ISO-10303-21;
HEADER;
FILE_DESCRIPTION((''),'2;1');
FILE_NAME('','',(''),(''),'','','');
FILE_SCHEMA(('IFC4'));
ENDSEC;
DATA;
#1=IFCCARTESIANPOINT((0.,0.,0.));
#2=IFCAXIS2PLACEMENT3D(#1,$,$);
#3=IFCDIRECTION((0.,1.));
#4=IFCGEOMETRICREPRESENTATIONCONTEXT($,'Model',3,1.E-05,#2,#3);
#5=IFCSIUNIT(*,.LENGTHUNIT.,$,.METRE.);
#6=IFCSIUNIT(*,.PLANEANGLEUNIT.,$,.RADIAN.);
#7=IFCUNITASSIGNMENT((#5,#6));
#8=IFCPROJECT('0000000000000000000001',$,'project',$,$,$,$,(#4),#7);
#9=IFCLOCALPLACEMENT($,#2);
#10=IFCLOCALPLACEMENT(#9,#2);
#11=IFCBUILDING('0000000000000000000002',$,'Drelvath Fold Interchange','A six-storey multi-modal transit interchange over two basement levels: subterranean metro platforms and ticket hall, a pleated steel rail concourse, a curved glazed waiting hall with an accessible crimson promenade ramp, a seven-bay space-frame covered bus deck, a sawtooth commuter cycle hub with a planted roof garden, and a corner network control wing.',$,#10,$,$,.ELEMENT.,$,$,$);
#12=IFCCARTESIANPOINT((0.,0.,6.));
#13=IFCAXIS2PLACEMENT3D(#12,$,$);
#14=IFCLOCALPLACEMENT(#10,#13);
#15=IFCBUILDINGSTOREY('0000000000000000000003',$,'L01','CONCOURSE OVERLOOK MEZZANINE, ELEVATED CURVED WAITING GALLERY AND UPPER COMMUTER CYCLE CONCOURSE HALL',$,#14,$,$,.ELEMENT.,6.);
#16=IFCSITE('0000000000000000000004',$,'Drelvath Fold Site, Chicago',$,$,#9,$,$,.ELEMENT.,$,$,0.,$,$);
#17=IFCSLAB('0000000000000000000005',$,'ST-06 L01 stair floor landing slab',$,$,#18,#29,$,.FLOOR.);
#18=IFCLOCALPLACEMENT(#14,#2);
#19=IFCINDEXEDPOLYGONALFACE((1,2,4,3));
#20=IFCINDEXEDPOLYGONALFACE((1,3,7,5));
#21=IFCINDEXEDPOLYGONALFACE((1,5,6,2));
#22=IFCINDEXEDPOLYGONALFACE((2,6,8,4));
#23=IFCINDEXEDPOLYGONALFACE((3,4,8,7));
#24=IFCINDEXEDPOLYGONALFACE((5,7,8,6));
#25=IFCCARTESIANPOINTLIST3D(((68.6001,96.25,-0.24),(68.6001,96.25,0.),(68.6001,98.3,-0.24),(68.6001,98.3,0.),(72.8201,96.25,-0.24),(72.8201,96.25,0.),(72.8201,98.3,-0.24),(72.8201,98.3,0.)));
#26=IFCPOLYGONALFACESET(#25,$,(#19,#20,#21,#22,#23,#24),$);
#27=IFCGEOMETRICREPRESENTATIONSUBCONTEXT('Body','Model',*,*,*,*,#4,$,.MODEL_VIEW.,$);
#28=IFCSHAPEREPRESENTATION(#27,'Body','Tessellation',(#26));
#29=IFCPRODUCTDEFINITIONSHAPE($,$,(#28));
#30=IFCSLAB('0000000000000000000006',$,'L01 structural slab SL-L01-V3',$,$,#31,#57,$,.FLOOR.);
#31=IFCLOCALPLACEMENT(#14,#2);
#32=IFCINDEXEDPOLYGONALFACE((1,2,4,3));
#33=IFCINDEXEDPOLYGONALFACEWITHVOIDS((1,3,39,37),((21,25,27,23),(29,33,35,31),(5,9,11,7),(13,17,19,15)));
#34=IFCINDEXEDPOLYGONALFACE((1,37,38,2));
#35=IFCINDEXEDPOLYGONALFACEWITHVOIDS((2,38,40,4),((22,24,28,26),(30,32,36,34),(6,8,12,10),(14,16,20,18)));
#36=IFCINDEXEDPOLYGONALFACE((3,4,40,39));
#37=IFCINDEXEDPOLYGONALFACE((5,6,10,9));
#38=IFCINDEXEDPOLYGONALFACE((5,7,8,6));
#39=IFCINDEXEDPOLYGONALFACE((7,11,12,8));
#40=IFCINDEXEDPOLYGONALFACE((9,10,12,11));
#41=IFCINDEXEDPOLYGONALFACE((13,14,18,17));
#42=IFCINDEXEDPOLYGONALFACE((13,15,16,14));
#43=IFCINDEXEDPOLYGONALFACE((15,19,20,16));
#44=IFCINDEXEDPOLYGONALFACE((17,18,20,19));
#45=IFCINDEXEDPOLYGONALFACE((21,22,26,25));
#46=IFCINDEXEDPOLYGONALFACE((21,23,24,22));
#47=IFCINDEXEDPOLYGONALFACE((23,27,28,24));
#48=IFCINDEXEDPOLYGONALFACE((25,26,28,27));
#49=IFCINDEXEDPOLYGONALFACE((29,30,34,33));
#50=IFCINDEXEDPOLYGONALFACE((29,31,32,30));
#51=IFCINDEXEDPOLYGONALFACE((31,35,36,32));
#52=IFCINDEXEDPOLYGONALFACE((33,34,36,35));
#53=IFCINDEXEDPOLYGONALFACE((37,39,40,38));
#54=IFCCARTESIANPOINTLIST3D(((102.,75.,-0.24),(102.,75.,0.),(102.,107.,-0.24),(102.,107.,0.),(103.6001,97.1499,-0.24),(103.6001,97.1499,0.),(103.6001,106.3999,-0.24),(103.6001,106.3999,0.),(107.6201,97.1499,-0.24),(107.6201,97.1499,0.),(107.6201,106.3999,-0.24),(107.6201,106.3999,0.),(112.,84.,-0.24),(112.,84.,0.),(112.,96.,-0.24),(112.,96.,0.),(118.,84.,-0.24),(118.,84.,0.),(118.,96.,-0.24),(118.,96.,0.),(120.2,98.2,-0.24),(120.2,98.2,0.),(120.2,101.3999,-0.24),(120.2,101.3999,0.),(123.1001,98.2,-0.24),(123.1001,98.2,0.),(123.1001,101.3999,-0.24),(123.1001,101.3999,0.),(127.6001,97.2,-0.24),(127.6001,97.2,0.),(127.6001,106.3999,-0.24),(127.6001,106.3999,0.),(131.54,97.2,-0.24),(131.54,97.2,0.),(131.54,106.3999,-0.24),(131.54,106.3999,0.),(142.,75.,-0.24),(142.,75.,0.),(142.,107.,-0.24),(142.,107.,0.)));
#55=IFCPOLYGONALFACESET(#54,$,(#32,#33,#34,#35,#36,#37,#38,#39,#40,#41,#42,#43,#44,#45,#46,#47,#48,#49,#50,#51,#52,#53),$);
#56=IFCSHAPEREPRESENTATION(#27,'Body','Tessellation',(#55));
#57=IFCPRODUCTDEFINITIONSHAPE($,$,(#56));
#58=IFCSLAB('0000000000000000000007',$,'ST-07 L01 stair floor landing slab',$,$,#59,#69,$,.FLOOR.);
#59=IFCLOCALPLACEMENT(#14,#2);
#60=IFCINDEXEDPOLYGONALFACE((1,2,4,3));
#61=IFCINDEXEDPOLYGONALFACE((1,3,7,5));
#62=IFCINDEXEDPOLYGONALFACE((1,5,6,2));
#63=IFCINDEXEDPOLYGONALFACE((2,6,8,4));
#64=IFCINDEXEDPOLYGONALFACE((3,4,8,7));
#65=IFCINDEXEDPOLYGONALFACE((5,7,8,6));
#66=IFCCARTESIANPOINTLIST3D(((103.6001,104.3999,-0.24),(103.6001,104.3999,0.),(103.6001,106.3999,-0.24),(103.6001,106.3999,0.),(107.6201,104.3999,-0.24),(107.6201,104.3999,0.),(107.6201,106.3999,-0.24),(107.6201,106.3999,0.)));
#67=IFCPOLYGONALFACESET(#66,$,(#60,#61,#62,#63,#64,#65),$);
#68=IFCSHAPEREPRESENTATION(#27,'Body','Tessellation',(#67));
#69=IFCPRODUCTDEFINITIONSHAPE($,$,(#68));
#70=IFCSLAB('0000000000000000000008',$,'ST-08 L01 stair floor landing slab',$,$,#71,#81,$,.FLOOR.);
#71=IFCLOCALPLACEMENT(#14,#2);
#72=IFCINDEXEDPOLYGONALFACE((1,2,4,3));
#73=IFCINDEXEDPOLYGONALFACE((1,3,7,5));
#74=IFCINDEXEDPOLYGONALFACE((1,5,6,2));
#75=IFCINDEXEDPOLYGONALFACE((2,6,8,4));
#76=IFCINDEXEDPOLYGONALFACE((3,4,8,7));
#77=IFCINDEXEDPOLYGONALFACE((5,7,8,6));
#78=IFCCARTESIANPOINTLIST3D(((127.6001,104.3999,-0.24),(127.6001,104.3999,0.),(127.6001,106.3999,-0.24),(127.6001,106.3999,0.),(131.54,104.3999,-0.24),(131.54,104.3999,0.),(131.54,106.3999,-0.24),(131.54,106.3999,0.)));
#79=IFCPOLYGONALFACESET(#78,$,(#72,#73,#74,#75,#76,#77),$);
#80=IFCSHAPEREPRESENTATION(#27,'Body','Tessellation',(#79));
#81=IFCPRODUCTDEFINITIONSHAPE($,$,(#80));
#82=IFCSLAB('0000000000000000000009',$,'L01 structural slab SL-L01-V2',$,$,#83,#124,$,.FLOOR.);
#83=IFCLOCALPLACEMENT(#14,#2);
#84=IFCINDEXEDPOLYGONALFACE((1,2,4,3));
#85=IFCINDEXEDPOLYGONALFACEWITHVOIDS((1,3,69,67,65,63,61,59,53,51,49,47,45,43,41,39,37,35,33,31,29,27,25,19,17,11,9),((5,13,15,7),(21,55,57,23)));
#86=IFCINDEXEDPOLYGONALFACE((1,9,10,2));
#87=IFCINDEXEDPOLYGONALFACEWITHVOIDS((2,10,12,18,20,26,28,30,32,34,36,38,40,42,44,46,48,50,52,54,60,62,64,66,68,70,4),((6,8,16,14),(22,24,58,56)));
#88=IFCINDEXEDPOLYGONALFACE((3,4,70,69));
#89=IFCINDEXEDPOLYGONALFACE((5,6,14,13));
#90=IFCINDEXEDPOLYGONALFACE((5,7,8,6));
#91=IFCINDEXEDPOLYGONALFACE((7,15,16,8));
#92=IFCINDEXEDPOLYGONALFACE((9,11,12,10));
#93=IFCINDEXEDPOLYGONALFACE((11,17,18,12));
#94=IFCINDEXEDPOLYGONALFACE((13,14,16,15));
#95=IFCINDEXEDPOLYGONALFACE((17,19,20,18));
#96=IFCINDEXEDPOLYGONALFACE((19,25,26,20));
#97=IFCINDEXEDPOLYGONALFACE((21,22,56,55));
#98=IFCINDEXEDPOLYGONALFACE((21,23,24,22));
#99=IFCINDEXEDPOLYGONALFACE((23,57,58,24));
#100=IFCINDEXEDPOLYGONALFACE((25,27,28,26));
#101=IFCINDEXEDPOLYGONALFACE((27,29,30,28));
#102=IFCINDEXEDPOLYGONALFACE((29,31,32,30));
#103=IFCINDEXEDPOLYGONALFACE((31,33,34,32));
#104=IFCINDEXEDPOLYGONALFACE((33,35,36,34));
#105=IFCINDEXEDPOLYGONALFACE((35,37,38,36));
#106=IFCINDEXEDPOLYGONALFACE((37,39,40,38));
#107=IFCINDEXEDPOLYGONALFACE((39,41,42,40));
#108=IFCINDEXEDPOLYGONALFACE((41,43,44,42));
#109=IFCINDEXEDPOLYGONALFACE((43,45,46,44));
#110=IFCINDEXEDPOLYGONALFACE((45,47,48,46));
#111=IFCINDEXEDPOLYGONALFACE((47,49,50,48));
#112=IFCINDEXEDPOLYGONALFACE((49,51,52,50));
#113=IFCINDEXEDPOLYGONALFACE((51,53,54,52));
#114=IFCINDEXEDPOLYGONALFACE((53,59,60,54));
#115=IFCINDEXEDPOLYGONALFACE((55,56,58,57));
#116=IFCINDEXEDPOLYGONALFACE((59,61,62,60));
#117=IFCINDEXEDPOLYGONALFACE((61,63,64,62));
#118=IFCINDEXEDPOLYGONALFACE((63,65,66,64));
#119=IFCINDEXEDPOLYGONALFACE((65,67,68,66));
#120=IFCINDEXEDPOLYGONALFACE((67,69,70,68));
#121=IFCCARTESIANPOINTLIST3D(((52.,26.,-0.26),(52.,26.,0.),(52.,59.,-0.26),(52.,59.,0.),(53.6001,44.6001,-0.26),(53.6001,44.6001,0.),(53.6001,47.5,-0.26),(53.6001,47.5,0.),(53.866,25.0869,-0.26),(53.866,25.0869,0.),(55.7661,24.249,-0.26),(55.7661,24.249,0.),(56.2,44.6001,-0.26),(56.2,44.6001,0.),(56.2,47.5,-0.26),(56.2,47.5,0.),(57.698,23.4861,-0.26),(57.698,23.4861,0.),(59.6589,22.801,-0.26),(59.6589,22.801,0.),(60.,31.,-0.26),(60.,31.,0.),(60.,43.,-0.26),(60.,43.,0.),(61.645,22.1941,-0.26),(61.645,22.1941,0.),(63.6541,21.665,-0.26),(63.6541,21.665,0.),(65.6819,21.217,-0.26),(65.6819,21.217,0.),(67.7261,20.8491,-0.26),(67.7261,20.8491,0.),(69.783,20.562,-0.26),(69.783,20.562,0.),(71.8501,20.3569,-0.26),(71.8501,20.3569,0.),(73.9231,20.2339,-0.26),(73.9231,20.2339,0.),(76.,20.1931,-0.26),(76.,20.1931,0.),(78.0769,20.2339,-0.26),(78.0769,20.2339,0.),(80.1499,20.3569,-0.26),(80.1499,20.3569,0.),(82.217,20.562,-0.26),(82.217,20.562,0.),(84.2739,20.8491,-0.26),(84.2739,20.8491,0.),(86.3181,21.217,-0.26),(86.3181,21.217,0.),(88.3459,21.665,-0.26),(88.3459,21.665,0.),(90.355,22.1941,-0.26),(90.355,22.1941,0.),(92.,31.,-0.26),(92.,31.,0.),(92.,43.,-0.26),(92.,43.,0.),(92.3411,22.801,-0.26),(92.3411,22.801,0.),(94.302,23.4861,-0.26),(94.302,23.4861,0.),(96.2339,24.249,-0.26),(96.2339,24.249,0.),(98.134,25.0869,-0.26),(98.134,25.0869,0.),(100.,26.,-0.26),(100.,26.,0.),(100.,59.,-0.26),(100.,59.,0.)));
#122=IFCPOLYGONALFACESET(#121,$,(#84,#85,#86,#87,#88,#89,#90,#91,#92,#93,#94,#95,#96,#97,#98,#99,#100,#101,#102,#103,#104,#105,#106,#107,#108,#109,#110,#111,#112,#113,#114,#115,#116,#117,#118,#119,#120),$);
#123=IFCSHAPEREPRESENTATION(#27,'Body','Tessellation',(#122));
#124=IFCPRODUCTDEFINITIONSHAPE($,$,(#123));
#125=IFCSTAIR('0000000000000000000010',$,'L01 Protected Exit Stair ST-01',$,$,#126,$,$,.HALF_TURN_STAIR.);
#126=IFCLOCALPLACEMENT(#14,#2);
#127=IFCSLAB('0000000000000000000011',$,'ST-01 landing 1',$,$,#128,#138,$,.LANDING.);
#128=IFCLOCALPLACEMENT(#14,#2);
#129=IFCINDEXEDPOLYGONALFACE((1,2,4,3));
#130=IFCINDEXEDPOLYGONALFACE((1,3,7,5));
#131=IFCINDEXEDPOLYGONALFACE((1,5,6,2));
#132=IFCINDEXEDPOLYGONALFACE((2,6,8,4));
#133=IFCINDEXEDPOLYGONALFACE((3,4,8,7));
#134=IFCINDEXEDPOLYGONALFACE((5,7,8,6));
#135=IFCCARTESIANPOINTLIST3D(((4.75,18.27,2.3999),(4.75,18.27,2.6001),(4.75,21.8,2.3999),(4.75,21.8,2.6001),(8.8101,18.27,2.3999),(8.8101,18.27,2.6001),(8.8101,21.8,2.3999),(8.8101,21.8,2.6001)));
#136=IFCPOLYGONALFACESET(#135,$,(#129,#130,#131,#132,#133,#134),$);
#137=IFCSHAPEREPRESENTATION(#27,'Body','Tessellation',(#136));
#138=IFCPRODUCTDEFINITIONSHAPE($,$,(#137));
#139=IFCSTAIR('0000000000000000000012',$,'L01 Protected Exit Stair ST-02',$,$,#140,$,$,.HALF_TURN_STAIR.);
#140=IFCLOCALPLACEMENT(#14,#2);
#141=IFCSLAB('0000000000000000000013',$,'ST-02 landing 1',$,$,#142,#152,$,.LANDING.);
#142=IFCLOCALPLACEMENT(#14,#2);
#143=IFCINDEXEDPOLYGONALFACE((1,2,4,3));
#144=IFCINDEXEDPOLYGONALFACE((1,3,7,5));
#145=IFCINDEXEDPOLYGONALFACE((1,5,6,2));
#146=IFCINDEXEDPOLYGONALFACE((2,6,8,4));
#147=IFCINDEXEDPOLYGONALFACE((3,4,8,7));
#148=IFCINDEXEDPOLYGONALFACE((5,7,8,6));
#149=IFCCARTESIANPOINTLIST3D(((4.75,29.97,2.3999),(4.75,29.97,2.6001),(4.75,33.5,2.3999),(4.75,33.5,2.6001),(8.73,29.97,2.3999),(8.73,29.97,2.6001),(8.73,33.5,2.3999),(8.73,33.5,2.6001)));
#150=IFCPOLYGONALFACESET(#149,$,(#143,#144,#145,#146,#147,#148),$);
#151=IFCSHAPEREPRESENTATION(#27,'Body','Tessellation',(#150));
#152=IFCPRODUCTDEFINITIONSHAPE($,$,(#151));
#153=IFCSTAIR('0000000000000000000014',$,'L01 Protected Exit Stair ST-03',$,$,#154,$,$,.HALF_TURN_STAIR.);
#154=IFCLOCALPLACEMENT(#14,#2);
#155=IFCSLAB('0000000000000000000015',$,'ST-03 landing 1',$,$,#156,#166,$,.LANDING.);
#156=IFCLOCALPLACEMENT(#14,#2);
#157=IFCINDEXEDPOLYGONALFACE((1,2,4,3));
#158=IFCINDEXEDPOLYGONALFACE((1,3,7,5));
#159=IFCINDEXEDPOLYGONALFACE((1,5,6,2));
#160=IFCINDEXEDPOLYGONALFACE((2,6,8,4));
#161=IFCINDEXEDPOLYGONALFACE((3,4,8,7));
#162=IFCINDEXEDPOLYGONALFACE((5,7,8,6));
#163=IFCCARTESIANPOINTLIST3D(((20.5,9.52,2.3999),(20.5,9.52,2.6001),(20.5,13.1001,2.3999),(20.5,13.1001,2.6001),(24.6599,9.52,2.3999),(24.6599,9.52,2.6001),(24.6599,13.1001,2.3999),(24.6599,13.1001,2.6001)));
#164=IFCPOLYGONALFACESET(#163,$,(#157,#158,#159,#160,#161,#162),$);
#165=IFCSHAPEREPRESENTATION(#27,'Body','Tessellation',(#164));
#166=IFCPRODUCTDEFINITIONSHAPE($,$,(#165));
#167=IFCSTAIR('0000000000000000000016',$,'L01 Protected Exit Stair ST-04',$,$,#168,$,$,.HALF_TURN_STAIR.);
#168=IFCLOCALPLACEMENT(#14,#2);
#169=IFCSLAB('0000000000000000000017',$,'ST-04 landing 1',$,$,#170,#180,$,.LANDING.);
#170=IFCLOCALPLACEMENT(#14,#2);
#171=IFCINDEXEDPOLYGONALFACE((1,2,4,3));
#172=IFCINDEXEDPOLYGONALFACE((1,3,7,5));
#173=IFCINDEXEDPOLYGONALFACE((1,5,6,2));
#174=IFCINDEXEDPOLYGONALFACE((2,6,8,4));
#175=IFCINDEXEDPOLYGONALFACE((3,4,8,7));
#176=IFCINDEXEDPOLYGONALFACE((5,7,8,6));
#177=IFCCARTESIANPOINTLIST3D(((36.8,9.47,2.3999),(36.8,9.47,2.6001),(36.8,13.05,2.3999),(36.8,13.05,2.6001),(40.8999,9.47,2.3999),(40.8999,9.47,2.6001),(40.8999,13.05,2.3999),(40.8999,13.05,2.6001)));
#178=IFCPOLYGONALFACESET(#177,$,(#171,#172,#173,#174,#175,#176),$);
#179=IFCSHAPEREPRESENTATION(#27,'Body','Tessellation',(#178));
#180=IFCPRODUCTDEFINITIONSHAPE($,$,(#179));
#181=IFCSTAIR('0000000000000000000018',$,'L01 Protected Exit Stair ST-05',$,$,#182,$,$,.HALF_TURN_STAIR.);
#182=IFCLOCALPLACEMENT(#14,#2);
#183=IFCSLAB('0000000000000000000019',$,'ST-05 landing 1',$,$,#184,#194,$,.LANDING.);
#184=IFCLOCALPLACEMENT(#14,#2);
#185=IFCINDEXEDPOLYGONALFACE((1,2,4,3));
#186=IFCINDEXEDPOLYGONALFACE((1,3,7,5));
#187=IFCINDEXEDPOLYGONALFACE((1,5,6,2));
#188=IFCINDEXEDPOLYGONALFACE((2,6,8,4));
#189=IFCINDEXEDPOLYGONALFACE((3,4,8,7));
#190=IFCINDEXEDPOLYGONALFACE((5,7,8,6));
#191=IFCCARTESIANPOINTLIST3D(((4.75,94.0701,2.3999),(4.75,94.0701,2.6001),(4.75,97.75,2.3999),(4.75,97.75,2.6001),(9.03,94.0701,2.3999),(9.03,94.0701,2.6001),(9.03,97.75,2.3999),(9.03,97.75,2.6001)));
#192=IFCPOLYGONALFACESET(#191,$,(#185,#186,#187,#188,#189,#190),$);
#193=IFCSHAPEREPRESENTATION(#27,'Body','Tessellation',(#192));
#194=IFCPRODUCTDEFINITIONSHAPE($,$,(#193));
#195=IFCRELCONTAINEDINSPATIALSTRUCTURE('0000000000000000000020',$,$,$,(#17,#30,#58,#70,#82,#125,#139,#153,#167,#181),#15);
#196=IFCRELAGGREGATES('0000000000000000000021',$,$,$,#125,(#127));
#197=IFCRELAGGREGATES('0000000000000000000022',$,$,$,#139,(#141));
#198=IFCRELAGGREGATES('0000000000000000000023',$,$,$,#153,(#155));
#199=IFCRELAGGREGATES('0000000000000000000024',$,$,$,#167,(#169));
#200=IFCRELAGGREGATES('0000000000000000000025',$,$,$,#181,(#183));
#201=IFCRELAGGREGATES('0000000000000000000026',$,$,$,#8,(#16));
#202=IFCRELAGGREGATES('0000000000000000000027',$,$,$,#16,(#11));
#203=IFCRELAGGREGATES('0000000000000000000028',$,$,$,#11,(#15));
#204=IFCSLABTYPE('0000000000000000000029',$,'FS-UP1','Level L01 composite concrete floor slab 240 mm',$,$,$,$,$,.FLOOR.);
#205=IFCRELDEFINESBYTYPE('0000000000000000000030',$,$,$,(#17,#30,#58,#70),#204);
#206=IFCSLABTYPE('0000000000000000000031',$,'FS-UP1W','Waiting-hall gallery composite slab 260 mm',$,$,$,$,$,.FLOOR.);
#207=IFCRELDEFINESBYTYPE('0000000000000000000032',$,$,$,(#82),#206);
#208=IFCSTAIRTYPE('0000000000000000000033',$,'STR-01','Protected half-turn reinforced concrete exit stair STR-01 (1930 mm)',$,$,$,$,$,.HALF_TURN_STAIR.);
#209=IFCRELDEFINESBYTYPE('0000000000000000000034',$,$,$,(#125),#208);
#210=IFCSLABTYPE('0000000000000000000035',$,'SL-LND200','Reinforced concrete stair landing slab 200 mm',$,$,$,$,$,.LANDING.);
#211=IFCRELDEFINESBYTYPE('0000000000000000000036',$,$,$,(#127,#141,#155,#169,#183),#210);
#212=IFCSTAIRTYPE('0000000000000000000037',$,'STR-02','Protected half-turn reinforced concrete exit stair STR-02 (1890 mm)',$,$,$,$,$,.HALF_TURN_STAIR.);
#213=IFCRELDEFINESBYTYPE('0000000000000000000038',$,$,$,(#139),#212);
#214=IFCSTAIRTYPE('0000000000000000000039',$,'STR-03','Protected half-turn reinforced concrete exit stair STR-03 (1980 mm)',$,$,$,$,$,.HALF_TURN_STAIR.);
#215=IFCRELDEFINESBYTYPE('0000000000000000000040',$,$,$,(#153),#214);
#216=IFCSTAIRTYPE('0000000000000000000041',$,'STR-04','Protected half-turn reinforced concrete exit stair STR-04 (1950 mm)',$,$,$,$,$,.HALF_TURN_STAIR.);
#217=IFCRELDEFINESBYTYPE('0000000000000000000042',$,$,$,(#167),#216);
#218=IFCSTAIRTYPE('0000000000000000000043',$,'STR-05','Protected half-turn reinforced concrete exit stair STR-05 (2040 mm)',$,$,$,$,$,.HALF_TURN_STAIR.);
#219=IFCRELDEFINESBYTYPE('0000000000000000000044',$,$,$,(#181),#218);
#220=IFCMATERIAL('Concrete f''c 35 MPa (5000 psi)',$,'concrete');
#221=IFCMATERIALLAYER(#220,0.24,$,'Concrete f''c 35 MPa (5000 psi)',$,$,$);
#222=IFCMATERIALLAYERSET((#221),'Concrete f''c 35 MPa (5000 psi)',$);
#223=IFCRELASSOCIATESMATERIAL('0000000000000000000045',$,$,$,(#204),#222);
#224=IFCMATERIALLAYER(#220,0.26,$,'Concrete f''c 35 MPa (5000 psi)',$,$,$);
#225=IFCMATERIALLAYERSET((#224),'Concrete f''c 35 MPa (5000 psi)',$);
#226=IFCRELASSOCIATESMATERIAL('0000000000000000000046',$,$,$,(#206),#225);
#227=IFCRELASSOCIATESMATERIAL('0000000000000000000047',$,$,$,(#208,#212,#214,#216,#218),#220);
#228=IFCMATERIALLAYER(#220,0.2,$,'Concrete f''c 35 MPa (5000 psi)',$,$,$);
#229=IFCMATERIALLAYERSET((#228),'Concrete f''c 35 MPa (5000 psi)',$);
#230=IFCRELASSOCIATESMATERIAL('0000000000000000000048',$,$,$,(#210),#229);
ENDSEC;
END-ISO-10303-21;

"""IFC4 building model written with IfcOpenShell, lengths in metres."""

from ifc_helpers import new_model, si_unit, direction, frame, origin, place, context, subcontext, project, spatial, polyline, outline, extrude, material, layer, layer_set, type_object, element, aggregate, save


model = new_model("IFC4")

# Units and contexts
model_context = context("Model", 3, precision=1e-05, world=origin(), true_north=direction((0.0, 1.0)))
body_context = subcontext(model_context, "Body", "Model", "MODEL_VIEW")
ifc_project = project(units=[si_unit("LENGTHUNIT", "METRE"), si_unit("PLANEANGLEUNIT", "RADIAN")], contexts=[model_context])

# Site, building, storey
site_placement = place(None, origin())
site = spatial("IfcSite", under=ifc_project, at=site_placement, Name="Drelvath Fold Site, Chicago", CompositionType="ELEMENT", RefElevation=0.0)
building_placement = place(site_placement, origin())
building = spatial("IfcBuilding", under=site, at=building_placement, Name="Drelvath Fold Interchange", Description="A six-storey multi-modal transit interchange over two basement levels: subterranean metro platforms and ticket hall, a pleated steel rail concourse, a curved glazed waiting hall with an accessible crimson promenade ramp, a seven-bay space-frame covered bus deck, a sawtooth commuter cycle hub with a planted roof garden, and a corner network control wing.", CompositionType="ELEMENT")
storey_placement = place(building_placement, frame((0.0, 0.0, 6.0)))
storey = spatial("IfcBuildingStorey", under=building, at=storey_placement, Name="L01", Description="CONCOURSE OVERLOOK MEZZANINE, ELEVATED CURVED WAITING GALLERY AND UPPER COMMUTER CYCLE CONCOURSE HALL", CompositionType="ELEMENT", Elevation=6.0)

# Slabs
ifc_material_1 = material(Name="Concrete f'c 35 MPa (5000 psi)", Category="concrete")
ifc_layer_1 = layer(ifc_material_1, 0.24, Name="Concrete f'c 35 MPa (5000 psi)")
ifc_layer_set_1 = layer_set([ifc_layer_1], Name="Concrete f'c 35 MPa (5000 psi)")
slab_type_1 = type_object("IfcSlabType", Name="FS-UP1", Description="Level L01 composite concrete floor slab 240 mm", PredefinedType="FLOOR", material=ifc_layer_set_1)
slab_1_placement = place(storey_placement, frame((0.0, 0.0, -0.24)))
element("IfcSlab", 1, at=slab_1_placement, inside=storey, type_object=slab_type_1, Name="ST-06 L01 stair floor landing slab", PredefinedType="FLOOR", context=body_context, shape_type="SweptSolid", body=[
    extrude(outline(polyline([(68.6001, 96.25), (72.8201, 96.25), (72.8201, 98.3), (68.6001, 98.3), (68.6001, 96.25)])), origin(), (0.0, 0.0, 1.0), 0.24),
])
slab_2_placement = place(storey_placement, frame((0.0, 0.0, -0.24)))
element("IfcSlab", 2, at=slab_2_placement, inside=storey, type_object=slab_type_1, Name="L01 structural slab SL-L01-V3", PredefinedType="FLOOR", context=body_context, shape_type="SweptSolid", body=[
    extrude(outline(polyline([(102.0, 75.0), (142.0, 75.0), (142.0, 107.0), (102.0, 107.0), (102.0, 75.0)]), holes=[polyline([(112.0, 84.0), (112.0, 96.0), (118.0, 96.0), (118.0, 84.0), (112.0, 84.0)]), polyline([(103.6001, 97.1499), (103.6001, 106.3999), (107.6201, 106.3999), (107.6201, 97.1499), (103.6001, 97.1499)]), polyline([(127.6001, 97.2), (127.6001, 106.3999), (131.54, 106.3999), (131.54, 97.2), (127.6001, 97.2)]), polyline([(120.2, 98.2), (120.2, 101.3999), (123.1001, 101.3999), (123.1001, 98.2), (120.2, 98.2)])]), origin(), (0.0, 0.0, 1.0), 0.24),
])
slab_3_placement = place(storey_placement, frame((0.0, 0.0, -0.24)))
element("IfcSlab", 3, at=slab_3_placement, inside=storey, type_object=slab_type_1, Name="ST-07 L01 stair floor landing slab", PredefinedType="FLOOR", context=body_context, shape_type="SweptSolid", body=[
    extrude(outline(polyline([(103.6001, 104.3999), (107.6201, 104.3999), (107.6201, 106.3999), (103.6001, 106.3999), (103.6001, 104.3999)])), origin(), (0.0, 0.0, 1.0), 0.24),
])
slab_4_placement = place(storey_placement, frame((0.0, 0.0, -0.24)))
element("IfcSlab", 4, at=slab_4_placement, inside=storey, type_object=slab_type_1, Name="ST-08 L01 stair floor landing slab", PredefinedType="FLOOR", context=body_context, shape_type="SweptSolid", body=[
    extrude(outline(polyline([(127.6001, 104.3999), (131.54, 104.3999), (131.54, 106.3999), (127.6001, 106.3999), (127.6001, 104.3999)])), origin(), (0.0, 0.0, 1.0), 0.24),
])
ifc_layer_2 = layer(ifc_material_1, 0.26, Name="Concrete f'c 35 MPa (5000 psi)")
ifc_layer_set_2 = layer_set([ifc_layer_2], Name="Concrete f'c 35 MPa (5000 psi)")
slab_type_2 = type_object("IfcSlabType", Name="FS-UP1W", Description="Waiting-hall gallery composite slab 260 mm", PredefinedType="FLOOR", material=ifc_layer_set_2)
slab_5_placement = place(storey_placement, frame((0.0, 0.0, -0.26)))
element("IfcSlab", 5, at=slab_5_placement, inside=storey, type_object=slab_type_2, Name="L01 structural slab SL-L01-V2", PredefinedType="FLOOR", context=body_context, shape_type="SweptSolid", body=[
    extrude(outline(polyline([(52.0, 26.0), (53.866, 25.0869), (55.7661, 24.249), (57.698, 23.4861), (59.6589, 22.801), (61.645, 22.1941), (63.6541, 21.665), (65.6819, 21.217), (67.7261, 20.8491), (69.783, 20.562), (71.8501, 20.3569), (73.9231, 20.2339), (76.0, 20.1931), (78.0769, 20.2339), (80.1499, 20.3569), (82.217, 20.562), (84.2739, 20.8491), (86.3181, 21.217), (88.3459, 21.665), (90.355, 22.1941), (92.3411, 22.801), (94.302, 23.4861), (96.2339, 24.249), (98.134, 25.0869), (100.0, 26.0), (100.0, 59.0), (52.0, 59.0), (52.0, 26.0)]), holes=[polyline([(60.0, 31.0), (60.0, 43.0), (92.0, 43.0), (92.0, 31.0), (60.0, 31.0)]), polyline([(53.6001, 44.6001), (53.6001, 47.5), (56.2, 47.5), (56.2, 44.6001), (53.6001, 44.6001)])]), origin(), (0.0, 0.0, 1.0), 0.26),
])

# Stairs, slabs
stair_type_1 = type_object("IfcStairType", Name="STR-01", Description="Protected half-turn reinforced concrete exit stair STR-01 (1930 mm)", PredefinedType="HALF_TURN_STAIR", material=ifc_material_1)
stair_1_placement = place(storey_placement, origin())
stair_1 = element("IfcStair", 6, at=stair_1_placement, inside=storey, type_object=stair_type_1, Name="L01 Protected Exit Stair ST-01", PredefinedType="HALF_TURN_STAIR")
ifc_layer_3 = layer(ifc_material_1, 0.2, Name="Concrete f'c 35 MPa (5000 psi)")
ifc_layer_set_3 = layer_set([ifc_layer_3], Name="Concrete f'c 35 MPa (5000 psi)")
slab_type_3 = type_object("IfcSlabType", Name="SL-LND200", Description="Reinforced concrete stair landing slab 200 mm", PredefinedType="LANDING", material=ifc_layer_set_3)
slab_6_placement = place(storey_placement, frame((0.0, 0.0, 2.3999)))
slab_6 = element("IfcSlab", 7, at=slab_6_placement, type_object=slab_type_3, Name="ST-01 landing 1", PredefinedType="LANDING", context=body_context, shape_type="SweptSolid", body=[
    extrude(outline(polyline([(8.8101, 18.27), (8.8101, 21.8), (4.75, 21.8), (4.75, 18.27), (8.8101, 18.27)])), origin(), (0.0, 0.0, 1.0), 0.2002),
])
aggregate(stair_1, [slab_6])
stair_type_2 = type_object("IfcStairType", Name="STR-02", Description="Protected half-turn reinforced concrete exit stair STR-02 (1890 mm)", PredefinedType="HALF_TURN_STAIR", material=ifc_material_1)
stair_2_placement = place(storey_placement, origin())
stair_2 = element("IfcStair", 8, at=stair_2_placement, inside=storey, type_object=stair_type_2, Name="L01 Protected Exit Stair ST-02", PredefinedType="HALF_TURN_STAIR")
slab_7_placement = place(storey_placement, frame((0.0, 0.0, 2.3999)))
slab_7 = element("IfcSlab", 9, at=slab_7_placement, type_object=slab_type_3, Name="ST-02 landing 1", PredefinedType="LANDING", context=body_context, shape_type="SweptSolid", body=[
    extrude(outline(polyline([(8.73, 29.97), (8.73, 33.5), (4.75, 33.5), (4.75, 29.97), (8.73, 29.97)])), origin(), (0.0, 0.0, 1.0), 0.2002),
])
aggregate(stair_2, [slab_7])
stair_type_3 = type_object("IfcStairType", Name="STR-03", Description="Protected half-turn reinforced concrete exit stair STR-03 (1980 mm)", PredefinedType="HALF_TURN_STAIR", material=ifc_material_1)
stair_3_placement = place(storey_placement, origin())
stair_3 = element("IfcStair", 10, at=stair_3_placement, inside=storey, type_object=stair_type_3, Name="L01 Protected Exit Stair ST-03", PredefinedType="HALF_TURN_STAIR")
slab_8_placement = place(storey_placement, frame((0.0, 0.0, 2.3999)))
slab_8 = element("IfcSlab", 11, at=slab_8_placement, type_object=slab_type_3, Name="ST-03 landing 1", PredefinedType="LANDING", context=body_context, shape_type="SweptSolid", body=[
    extrude(outline(polyline([(24.6599, 9.52), (24.6599, 13.1001), (20.5, 13.1001), (20.5, 9.52), (24.6599, 9.52)])), origin(), (0.0, 0.0, 1.0), 0.2002),
])
aggregate(stair_3, [slab_8])
stair_type_4 = type_object("IfcStairType", Name="STR-04", Description="Protected half-turn reinforced concrete exit stair STR-04 (1950 mm)", PredefinedType="HALF_TURN_STAIR", material=ifc_material_1)
stair_4_placement = place(storey_placement, origin())
stair_4 = element("IfcStair", 12, at=stair_4_placement, inside=storey, type_object=stair_type_4, Name="L01 Protected Exit Stair ST-04", PredefinedType="HALF_TURN_STAIR")
slab_9_placement = place(storey_placement, frame((0.0, 0.0, 2.3999)))
slab_9 = element("IfcSlab", 13, at=slab_9_placement, type_object=slab_type_3, Name="ST-04 landing 1", PredefinedType="LANDING", context=body_context, shape_type="SweptSolid", body=[
    extrude(outline(polyline([(40.8999, 9.47), (40.8999, 13.05), (36.8, 13.05), (36.8, 9.47), (40.8999, 9.47)])), origin(), (0.0, 0.0, 1.0), 0.2002),
])
aggregate(stair_4, [slab_9])
stair_type_5 = type_object("IfcStairType", Name="STR-05", Description="Protected half-turn reinforced concrete exit stair STR-05 (2040 mm)", PredefinedType="HALF_TURN_STAIR", material=ifc_material_1)
stair_5_placement = place(storey_placement, origin())
stair_5 = element("IfcStair", 14, at=stair_5_placement, inside=storey, type_object=stair_type_5, Name="L01 Protected Exit Stair ST-05", PredefinedType="HALF_TURN_STAIR")
slab_10_placement = place(storey_placement, frame((0.0, 0.0, 2.3999)))
slab_10 = element("IfcSlab", 15, at=slab_10_placement, type_object=slab_type_3, Name="ST-05 landing 1", PredefinedType="LANDING", context=body_context, shape_type="SweptSolid", body=[
    extrude(outline(polyline([(9.03, 94.0701), (9.03, 97.75), (4.75, 97.75), (4.75, 94.0701), (9.03, 94.0701)])), origin(), (0.0, 0.0, 1.0), 0.2002),
])
aggregate(stair_5, [slab_10])

save(model, "model.ifc")
